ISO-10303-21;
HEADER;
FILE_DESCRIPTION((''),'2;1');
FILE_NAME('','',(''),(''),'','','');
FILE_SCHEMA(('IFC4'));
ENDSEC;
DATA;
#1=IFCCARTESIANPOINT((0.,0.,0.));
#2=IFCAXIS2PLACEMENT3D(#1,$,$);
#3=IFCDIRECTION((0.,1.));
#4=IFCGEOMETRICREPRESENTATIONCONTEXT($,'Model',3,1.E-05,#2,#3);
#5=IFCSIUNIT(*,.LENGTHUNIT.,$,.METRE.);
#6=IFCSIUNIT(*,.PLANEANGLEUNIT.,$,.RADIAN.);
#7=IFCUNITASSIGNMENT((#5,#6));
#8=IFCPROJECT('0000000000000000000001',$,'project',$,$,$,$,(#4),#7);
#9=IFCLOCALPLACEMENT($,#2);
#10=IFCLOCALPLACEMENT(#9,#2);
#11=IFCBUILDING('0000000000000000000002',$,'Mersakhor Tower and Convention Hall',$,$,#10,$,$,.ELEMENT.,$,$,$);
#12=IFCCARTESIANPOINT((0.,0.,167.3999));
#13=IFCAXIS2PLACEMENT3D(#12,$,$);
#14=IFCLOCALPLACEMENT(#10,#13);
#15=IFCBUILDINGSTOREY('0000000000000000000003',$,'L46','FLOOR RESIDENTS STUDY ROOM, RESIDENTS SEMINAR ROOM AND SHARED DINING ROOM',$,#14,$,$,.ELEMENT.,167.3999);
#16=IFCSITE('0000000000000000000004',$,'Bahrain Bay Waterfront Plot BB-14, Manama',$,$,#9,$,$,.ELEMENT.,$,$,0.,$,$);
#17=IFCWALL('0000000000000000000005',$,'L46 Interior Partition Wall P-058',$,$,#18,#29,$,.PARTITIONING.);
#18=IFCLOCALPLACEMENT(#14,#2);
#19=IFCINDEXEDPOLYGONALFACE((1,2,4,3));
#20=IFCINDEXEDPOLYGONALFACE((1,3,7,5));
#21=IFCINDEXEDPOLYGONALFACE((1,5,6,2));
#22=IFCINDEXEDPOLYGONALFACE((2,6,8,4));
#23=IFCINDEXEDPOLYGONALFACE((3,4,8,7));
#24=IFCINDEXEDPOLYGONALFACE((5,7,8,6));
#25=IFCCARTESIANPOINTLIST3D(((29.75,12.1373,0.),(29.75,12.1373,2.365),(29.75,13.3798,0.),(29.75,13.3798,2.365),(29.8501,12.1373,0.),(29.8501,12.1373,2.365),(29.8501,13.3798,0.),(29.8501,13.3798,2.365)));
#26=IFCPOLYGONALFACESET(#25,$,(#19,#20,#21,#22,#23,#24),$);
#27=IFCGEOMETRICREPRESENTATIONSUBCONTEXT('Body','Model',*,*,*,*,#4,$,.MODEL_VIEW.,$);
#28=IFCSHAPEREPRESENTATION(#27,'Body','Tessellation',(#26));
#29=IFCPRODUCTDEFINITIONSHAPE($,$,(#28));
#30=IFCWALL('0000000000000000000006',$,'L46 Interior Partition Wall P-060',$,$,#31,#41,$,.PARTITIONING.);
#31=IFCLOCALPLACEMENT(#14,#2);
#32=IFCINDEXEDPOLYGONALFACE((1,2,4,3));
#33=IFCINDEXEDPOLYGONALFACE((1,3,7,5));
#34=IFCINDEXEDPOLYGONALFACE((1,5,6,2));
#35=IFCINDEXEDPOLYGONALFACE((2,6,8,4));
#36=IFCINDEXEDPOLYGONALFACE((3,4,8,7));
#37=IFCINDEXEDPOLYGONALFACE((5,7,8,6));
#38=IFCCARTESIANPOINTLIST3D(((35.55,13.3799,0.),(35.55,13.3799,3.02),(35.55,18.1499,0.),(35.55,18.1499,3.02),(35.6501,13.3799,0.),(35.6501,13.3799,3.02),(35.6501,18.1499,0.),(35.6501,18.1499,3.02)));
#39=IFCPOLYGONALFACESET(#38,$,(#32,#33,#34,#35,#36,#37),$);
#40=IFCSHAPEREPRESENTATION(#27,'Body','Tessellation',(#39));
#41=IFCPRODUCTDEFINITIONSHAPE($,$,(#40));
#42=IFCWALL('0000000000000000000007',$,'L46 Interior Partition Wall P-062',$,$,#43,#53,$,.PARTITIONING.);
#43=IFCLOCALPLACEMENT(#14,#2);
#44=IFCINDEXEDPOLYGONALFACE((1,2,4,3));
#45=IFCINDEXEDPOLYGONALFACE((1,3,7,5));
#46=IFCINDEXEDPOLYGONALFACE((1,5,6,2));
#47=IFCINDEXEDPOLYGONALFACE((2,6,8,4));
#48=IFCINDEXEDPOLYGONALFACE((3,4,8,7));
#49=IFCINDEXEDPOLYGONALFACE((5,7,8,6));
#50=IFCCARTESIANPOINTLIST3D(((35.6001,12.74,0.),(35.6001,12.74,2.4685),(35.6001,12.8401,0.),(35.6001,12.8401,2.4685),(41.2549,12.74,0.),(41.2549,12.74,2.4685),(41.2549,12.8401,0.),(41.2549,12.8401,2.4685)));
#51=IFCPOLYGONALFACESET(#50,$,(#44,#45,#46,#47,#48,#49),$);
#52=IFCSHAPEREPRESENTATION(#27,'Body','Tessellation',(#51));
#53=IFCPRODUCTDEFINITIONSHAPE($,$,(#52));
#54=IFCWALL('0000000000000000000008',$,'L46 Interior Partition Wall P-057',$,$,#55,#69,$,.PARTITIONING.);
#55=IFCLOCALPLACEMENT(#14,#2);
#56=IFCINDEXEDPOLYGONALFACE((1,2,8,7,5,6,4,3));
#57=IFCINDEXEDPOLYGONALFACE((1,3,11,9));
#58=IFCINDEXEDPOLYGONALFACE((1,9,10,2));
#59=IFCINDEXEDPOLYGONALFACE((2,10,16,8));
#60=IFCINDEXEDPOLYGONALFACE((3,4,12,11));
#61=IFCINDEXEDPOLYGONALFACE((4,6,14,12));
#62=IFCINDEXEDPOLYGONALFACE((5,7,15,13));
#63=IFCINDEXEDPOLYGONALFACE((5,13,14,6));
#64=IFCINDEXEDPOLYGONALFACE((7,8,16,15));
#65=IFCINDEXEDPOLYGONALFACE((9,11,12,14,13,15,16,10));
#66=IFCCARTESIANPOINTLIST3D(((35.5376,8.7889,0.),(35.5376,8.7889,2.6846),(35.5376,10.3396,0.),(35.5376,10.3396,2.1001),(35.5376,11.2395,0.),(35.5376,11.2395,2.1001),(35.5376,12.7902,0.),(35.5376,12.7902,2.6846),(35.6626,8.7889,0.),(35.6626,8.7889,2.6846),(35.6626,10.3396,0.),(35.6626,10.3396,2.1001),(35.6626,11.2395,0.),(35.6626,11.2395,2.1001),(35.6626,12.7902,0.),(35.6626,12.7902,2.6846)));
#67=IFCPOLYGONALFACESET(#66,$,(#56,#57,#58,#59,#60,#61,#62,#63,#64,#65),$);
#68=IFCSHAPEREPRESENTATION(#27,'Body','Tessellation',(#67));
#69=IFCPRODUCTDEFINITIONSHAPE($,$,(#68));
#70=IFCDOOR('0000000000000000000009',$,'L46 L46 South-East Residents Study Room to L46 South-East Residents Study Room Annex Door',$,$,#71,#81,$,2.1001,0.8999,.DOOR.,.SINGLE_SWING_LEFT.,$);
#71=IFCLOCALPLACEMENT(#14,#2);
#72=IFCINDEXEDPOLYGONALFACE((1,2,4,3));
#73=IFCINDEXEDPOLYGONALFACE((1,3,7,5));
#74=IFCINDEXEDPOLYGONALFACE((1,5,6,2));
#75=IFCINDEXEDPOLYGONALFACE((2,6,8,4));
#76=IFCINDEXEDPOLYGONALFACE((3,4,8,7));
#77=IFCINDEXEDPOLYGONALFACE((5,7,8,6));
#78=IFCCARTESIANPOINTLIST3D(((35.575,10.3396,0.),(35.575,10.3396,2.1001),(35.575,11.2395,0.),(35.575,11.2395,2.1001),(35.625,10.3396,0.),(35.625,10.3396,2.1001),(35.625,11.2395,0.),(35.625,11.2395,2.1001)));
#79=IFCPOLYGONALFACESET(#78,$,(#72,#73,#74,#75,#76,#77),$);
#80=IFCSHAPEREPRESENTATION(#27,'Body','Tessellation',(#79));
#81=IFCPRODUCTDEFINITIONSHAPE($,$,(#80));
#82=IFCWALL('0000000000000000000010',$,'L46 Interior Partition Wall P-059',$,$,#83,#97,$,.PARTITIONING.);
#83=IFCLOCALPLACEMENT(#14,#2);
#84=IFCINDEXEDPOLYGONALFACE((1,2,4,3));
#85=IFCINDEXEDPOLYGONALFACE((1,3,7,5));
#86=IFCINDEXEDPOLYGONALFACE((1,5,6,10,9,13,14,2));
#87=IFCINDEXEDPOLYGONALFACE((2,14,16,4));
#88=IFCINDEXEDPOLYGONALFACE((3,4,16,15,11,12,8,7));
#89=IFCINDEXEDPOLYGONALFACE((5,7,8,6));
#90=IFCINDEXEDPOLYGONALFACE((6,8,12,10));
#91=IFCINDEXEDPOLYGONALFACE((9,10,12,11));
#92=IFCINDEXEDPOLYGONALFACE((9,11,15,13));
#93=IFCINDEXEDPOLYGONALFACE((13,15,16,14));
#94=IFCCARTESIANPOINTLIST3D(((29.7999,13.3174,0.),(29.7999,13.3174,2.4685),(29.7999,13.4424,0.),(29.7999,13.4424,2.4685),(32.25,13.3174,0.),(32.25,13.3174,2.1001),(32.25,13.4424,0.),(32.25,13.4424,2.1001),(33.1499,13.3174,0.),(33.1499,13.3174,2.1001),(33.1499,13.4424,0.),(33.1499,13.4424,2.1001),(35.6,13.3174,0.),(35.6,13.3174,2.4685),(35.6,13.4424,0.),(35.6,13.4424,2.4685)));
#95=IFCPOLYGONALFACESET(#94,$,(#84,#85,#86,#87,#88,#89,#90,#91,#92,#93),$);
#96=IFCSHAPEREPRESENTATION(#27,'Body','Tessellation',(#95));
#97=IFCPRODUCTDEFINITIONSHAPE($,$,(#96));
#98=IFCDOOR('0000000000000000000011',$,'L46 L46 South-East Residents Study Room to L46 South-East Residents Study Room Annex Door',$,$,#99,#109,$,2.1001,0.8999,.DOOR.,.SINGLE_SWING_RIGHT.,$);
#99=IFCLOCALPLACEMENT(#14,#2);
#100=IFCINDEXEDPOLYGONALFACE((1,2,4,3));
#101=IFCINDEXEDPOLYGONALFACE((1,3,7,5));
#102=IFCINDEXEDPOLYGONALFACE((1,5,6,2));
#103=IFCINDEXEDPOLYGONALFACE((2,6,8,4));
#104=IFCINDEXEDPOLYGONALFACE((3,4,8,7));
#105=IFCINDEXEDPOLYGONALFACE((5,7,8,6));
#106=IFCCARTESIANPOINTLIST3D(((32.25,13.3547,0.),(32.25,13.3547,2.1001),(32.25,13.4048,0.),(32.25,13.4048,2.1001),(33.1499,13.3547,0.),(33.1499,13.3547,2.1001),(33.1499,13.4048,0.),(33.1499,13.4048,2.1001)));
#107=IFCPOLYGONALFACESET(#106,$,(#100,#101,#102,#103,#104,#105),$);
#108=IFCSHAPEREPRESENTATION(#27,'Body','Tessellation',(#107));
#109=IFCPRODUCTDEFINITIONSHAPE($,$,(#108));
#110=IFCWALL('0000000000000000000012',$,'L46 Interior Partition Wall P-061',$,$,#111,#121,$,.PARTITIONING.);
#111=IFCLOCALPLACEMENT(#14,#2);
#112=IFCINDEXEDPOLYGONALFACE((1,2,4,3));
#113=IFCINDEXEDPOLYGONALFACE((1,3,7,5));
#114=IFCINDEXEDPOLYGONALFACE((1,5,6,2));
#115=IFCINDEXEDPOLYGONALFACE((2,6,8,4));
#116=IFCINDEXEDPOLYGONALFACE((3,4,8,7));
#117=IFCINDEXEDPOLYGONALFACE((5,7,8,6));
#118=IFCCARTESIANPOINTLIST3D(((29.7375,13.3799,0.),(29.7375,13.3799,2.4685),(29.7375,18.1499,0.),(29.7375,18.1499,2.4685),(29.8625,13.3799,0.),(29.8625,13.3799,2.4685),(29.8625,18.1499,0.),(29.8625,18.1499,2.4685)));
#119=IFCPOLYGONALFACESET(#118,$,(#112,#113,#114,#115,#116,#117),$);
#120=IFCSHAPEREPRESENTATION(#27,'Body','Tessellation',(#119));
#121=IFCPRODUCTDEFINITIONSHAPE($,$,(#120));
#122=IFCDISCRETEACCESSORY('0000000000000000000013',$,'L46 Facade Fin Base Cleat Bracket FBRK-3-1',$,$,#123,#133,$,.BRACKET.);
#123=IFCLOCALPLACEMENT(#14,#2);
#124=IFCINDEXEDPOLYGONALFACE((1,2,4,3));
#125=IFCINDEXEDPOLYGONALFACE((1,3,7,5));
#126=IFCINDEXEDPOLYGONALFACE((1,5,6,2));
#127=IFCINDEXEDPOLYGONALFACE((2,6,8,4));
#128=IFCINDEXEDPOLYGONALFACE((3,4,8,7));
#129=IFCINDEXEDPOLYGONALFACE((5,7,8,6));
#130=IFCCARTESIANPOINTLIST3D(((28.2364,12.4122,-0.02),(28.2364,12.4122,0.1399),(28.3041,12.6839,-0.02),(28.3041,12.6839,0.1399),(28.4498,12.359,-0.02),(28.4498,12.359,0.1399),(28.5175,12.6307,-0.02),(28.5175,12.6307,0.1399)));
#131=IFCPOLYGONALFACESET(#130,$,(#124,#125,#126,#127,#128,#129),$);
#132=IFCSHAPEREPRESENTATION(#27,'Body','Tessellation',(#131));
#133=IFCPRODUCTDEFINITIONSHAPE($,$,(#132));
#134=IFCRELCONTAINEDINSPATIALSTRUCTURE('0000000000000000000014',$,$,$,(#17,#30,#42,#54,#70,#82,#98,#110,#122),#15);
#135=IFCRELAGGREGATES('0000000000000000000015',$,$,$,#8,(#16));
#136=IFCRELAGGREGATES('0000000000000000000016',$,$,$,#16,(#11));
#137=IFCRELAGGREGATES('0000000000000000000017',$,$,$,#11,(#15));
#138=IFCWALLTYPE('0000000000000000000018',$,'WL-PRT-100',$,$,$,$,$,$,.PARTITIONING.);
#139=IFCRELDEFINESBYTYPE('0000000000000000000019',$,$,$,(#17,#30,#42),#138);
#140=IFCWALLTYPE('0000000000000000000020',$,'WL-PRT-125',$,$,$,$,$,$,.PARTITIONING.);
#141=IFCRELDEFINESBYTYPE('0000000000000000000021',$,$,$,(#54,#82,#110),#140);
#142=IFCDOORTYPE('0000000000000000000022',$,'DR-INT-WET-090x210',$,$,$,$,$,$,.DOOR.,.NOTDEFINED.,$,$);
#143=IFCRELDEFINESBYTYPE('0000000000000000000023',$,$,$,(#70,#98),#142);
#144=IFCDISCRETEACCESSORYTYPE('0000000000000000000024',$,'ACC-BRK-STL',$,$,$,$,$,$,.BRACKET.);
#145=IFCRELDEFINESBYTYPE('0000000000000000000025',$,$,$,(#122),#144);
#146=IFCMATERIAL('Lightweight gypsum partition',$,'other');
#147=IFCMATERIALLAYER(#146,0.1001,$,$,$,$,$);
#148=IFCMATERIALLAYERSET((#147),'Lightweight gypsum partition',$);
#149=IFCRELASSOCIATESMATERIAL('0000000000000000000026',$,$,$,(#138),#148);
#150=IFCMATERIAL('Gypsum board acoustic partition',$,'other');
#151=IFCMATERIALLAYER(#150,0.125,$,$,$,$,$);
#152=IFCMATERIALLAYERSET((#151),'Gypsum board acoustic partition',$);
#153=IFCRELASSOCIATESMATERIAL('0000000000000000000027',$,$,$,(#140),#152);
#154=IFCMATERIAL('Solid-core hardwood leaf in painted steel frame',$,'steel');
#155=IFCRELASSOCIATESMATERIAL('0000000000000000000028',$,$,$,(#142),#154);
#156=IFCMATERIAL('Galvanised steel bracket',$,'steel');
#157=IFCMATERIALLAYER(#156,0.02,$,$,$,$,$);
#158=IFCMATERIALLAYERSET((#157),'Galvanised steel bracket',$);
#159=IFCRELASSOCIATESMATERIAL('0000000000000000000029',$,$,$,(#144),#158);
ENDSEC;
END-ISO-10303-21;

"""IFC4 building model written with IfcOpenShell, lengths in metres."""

from ifc_helpers import new_model, si_unit, direction, frame, frame_2d, origin, origin_2d, place, context, subcontext, project, spatial, rectangle, extrude, material, layer, layer_set, type_object, element, fill, save


model = new_model("IFC4")

# Units and contexts
model_context = context("Model", 3, precision=1e-05, world=origin(), true_north=direction((0.0, 1.0)))
body_context = subcontext(model_context, "Body", "Model", "MODEL_VIEW")
ifc_project = project(units=[si_unit("LENGTHUNIT", "METRE"), si_unit("PLANEANGLEUNIT", "RADIAN")], contexts=[model_context])

# Site, building, storey
site_placement = place(None, origin())
site = spatial("IfcSite", under=ifc_project, at=site_placement, Name="Bahrain Bay Waterfront Plot BB-14, Manama", CompositionType="ELEMENT", RefElevation=0.0)
building_placement = place(site_placement, origin())
building = spatial("IfcBuilding", under=site, at=building_placement, Name="Mersakhor Tower and Convention Hall", CompositionType="ELEMENT")
storey_placement = place(building_placement, frame((0.0, 0.0, 167.3999)))
storey = spatial("IfcBuildingStorey", under=building, at=storey_placement, Name="L46", Description="FLOOR RESIDENTS STUDY ROOM, RESIDENTS SEMINAR ROOM AND SHARED DINING ROOM", CompositionType="ELEMENT", Elevation=167.3999)

# Walls
ifc_material_1 = material(Name="Lightweight gypsum partition", Category="other")
ifc_layer_1 = layer(ifc_material_1, 0.1001)
ifc_layer_set_1 = layer_set([ifc_layer_1], Name="Lightweight gypsum partition")
wall_type_1 = type_object("IfcWallType", Name="WL-PRT-100", PredefinedType="PARTITIONING", material=ifc_layer_set_1)
wall_1_placement = place(storey_placement, frame((29.8, 12.1375, 0.0), z_axis=(0.0, 0.0, 1.0), x_axis=(0.0, 1.0, 0.0)))
element("IfcWall", 1, at=wall_1_placement, inside=storey, type_object=wall_type_1, Name="L46 Interior Partition Wall P-058", PredefinedType="PARTITIONING", context=body_context, shape_type="SweptSolid", body=[
    extrude(rectangle(XDim=1.2424, YDim=0.1001, at=frame_2d((0.6211, 0.0))), origin(), (0.0, 0.0, 1.0), 2.365),
])
wall_2_placement = place(storey_placement, frame((35.6001, 18.1499, 0.0), z_axis=(0.0, 0.0, 1.0), x_axis=(0.0, -1.0, 0.0)))
element("IfcWall", 2, at=wall_2_placement, inside=storey, type_object=wall_type_1, Name="L46 Interior Partition Wall P-060", PredefinedType="PARTITIONING", context=body_context, shape_type="SweptSolid", body=[
    extrude(rectangle(XDim=4.77, YDim=0.1001, at=frame_2d((2.385, 0.0))), origin(), (0.0, 0.0, 1.0), 3.02),
])
wall_3_placement = place(storey_placement, frame((35.6001, 12.79, 0.0), z_axis=(0.0, 0.0, 1.0), x_axis=(1.0, 0.0, 0.0)))
element("IfcWall", 3, at=wall_3_placement, inside=storey, type_object=wall_type_1, Name="L46 Interior Partition Wall P-062", PredefinedType="PARTITIONING", context=body_context, shape_type="SweptSolid", body=[
    extrude(rectangle(XDim=5.6548, YDim=0.1001, at=frame_2d((2.8274, 0.0))), origin(), (0.0, 0.0, 1.0), 2.4685),
])

# Walls, openings, doors
ifc_material_2 = material(Name="Gypsum board acoustic partition", Category="other")
ifc_layer_2 = layer(ifc_material_2, 0.125)
ifc_layer_set_2 = layer_set([ifc_layer_2], Name="Gypsum board acoustic partition")
wall_type_2 = type_object("IfcWallType", Name="WL-PRT-125", PredefinedType="PARTITIONING", material=ifc_layer_set_2)
wall_4_placement = place(storey_placement, frame((35.6001, 12.79, 0.0), z_axis=(0.0, 0.0, 1.0), x_axis=(0.0, -1.0, 0.0)))
wall_4 = element("IfcWall", 4, at=wall_4_placement, inside=storey, type_object=wall_type_2, Name="L46 Interior Partition Wall P-057", PredefinedType="PARTITIONING", context=body_context, shape_type="SweptSolid", body=[
    extrude(rectangle(XDim=4.0012, YDim=0.125, at=frame_2d((2.0005, 0.0))), origin(), (0.0, 0.0, 1.0), 2.6846),
])
opening_1_placement = place(wall_4_placement, frame((1.5505, 0.0, 0.0)))
opening_1 = element("IfcOpeningElement", 5, at=opening_1_placement, cuts=wall_4, PredefinedType="OPENING", context=body_context, shape_type="SweptSolid", body=[
    extrude(rectangle(XDim=0.8999, YDim=2.1001, at=frame_2d((0.45, 1.05))), frame((0.0, 0.0725, 0.0), z_axis=(0.0, -1.0, 0.0), x_axis=(1.0, 0.0, 0.0)), (0.0, 0.0, 1.0), 0.145),
])
ifc_material_3 = material(Name="Solid-core hardwood leaf in painted steel frame", Category="steel")
door_type_1 = type_object("IfcDoorType", Name="DR-INT-WET-090x210", OperationType="NOTDEFINED", PredefinedType="DOOR", material=ifc_material_3)
door_1_placement = place(opening_1_placement, origin())
door_1 = element("IfcDoor", 6, at=door_1_placement, inside=storey, type_object=door_type_1, Name="L46 L46 South-East Residents Study Room to L46 South-East Residents Study Room Annex Door", OperationType="SINGLE_SWING_LEFT", OverallHeight=2.1001, OverallWidth=0.8999, PredefinedType="DOOR", context=body_context, shape_type="SweptSolid", body=[
    extrude(rectangle(XDim=0.8999, YDim=2.1001, at=frame_2d((0.45, 1.05))), frame((0.0, 0.0249, 0.0), z_axis=(0.0, -1.0, 0.0), x_axis=(1.0, 0.0, 0.0)), (0.0, 0.0, 1.0), 0.05),
])
fill(opening_1, door_1)
wall_5_placement = place(storey_placement, frame((29.8, 13.3799, 0.0), z_axis=(0.0, 0.0, 1.0), x_axis=(1.0, 0.0, 0.0)))
wall_5 = element("IfcWall", 7, at=wall_5_placement, inside=storey, type_object=wall_type_2, Name="L46 Interior Partition Wall P-059", PredefinedType="PARTITIONING", context=body_context, shape_type="SweptSolid", body=[
    extrude(rectangle(XDim=5.8, YDim=0.125, at=frame_2d((2.8999, 0.0))), origin(), (0.0, 0.0, 1.0), 2.4685),
])
opening_2_placement = place(wall_5_placement, frame((2.45, 0.0, 0.0)))
opening_2 = element("IfcOpeningElement", 8, at=opening_2_placement, cuts=wall_5, PredefinedType="OPENING", context=body_context, shape_type="SweptSolid", body=[
    extrude(rectangle(XDim=0.8999, YDim=2.1001, at=frame_2d((0.45, 1.05))), frame((0.0, 0.0725, 0.0), z_axis=(0.0, -1.0, 0.0), x_axis=(1.0, 0.0, 0.0)), (0.0, 0.0, 1.0), 0.145),
])
door_2_placement = place(opening_2_placement, origin())
door_2 = element("IfcDoor", 9, at=door_2_placement, inside=storey, type_object=door_type_1, Name="L46 L46 South-East Residents Study Room to L46 South-East Residents Study Room Annex Door", OperationType="SINGLE_SWING_RIGHT", OverallHeight=2.1001, OverallWidth=0.8999, PredefinedType="DOOR", context=body_context, shape_type="SweptSolid", body=[
    extrude(rectangle(XDim=0.8999, YDim=2.1001, at=frame_2d((0.45, 1.05))), frame((0.0, 0.0249, 0.0), z_axis=(0.0, -1.0, 0.0), x_axis=(1.0, 0.0, 0.0)), (0.0, 0.0, 1.0), 0.05),
])
fill(opening_2, door_2)

# Wall
wall_6_placement = place(storey_placement, frame((29.8, 13.3799, 0.0), z_axis=(0.0, 0.0, 1.0), x_axis=(0.0, 1.0, 0.0)))
element("IfcWall", 10, at=wall_6_placement, inside=storey, type_object=wall_type_2, Name="L46 Interior Partition Wall P-061", PredefinedType="PARTITIONING", context=body_context, shape_type="SweptSolid", body=[
    extrude(rectangle(XDim=4.77, YDim=0.125, at=frame_2d((2.385, 0.0))), origin(), (0.0, 0.0, 1.0), 2.4685),
])

# Discrete accessory
ifc_material_4 = material(Name="Galvanised steel bracket", Category="steel")
ifc_layer_3 = layer(ifc_material_4, 0.02)
ifc_layer_set_3 = layer_set([ifc_layer_3], Name="Galvanised steel bracket")
discrete_accessory_type = type_object("IfcDiscreteAccessoryType", Name="ACC-BRK-STL", PredefinedType="BRACKET", material=ifc_layer_set_3)
discrete_accessory_placement = place(storey_placement, frame((28.377, 12.5215, -0.02), z_axis=(0.0, 0.0, 1.0), x_axis=(-0.241922, -0.970296, 0.0)))
element("IfcDiscreteAccessory", 11, at=discrete_accessory_placement, inside=storey, type_object=discrete_accessory_type, Name="L46 Facade Fin Base Cleat Bracket FBRK-3-1", PredefinedType="BRACKET", context=body_context, shape_type="SweptSolid", body=[
    extrude(rectangle(XDim=0.28, YDim=0.22, at=origin_2d()), origin(), (0.0, 0.0, 1.0), 0.1599),
])

save(model, "model.ifc")
